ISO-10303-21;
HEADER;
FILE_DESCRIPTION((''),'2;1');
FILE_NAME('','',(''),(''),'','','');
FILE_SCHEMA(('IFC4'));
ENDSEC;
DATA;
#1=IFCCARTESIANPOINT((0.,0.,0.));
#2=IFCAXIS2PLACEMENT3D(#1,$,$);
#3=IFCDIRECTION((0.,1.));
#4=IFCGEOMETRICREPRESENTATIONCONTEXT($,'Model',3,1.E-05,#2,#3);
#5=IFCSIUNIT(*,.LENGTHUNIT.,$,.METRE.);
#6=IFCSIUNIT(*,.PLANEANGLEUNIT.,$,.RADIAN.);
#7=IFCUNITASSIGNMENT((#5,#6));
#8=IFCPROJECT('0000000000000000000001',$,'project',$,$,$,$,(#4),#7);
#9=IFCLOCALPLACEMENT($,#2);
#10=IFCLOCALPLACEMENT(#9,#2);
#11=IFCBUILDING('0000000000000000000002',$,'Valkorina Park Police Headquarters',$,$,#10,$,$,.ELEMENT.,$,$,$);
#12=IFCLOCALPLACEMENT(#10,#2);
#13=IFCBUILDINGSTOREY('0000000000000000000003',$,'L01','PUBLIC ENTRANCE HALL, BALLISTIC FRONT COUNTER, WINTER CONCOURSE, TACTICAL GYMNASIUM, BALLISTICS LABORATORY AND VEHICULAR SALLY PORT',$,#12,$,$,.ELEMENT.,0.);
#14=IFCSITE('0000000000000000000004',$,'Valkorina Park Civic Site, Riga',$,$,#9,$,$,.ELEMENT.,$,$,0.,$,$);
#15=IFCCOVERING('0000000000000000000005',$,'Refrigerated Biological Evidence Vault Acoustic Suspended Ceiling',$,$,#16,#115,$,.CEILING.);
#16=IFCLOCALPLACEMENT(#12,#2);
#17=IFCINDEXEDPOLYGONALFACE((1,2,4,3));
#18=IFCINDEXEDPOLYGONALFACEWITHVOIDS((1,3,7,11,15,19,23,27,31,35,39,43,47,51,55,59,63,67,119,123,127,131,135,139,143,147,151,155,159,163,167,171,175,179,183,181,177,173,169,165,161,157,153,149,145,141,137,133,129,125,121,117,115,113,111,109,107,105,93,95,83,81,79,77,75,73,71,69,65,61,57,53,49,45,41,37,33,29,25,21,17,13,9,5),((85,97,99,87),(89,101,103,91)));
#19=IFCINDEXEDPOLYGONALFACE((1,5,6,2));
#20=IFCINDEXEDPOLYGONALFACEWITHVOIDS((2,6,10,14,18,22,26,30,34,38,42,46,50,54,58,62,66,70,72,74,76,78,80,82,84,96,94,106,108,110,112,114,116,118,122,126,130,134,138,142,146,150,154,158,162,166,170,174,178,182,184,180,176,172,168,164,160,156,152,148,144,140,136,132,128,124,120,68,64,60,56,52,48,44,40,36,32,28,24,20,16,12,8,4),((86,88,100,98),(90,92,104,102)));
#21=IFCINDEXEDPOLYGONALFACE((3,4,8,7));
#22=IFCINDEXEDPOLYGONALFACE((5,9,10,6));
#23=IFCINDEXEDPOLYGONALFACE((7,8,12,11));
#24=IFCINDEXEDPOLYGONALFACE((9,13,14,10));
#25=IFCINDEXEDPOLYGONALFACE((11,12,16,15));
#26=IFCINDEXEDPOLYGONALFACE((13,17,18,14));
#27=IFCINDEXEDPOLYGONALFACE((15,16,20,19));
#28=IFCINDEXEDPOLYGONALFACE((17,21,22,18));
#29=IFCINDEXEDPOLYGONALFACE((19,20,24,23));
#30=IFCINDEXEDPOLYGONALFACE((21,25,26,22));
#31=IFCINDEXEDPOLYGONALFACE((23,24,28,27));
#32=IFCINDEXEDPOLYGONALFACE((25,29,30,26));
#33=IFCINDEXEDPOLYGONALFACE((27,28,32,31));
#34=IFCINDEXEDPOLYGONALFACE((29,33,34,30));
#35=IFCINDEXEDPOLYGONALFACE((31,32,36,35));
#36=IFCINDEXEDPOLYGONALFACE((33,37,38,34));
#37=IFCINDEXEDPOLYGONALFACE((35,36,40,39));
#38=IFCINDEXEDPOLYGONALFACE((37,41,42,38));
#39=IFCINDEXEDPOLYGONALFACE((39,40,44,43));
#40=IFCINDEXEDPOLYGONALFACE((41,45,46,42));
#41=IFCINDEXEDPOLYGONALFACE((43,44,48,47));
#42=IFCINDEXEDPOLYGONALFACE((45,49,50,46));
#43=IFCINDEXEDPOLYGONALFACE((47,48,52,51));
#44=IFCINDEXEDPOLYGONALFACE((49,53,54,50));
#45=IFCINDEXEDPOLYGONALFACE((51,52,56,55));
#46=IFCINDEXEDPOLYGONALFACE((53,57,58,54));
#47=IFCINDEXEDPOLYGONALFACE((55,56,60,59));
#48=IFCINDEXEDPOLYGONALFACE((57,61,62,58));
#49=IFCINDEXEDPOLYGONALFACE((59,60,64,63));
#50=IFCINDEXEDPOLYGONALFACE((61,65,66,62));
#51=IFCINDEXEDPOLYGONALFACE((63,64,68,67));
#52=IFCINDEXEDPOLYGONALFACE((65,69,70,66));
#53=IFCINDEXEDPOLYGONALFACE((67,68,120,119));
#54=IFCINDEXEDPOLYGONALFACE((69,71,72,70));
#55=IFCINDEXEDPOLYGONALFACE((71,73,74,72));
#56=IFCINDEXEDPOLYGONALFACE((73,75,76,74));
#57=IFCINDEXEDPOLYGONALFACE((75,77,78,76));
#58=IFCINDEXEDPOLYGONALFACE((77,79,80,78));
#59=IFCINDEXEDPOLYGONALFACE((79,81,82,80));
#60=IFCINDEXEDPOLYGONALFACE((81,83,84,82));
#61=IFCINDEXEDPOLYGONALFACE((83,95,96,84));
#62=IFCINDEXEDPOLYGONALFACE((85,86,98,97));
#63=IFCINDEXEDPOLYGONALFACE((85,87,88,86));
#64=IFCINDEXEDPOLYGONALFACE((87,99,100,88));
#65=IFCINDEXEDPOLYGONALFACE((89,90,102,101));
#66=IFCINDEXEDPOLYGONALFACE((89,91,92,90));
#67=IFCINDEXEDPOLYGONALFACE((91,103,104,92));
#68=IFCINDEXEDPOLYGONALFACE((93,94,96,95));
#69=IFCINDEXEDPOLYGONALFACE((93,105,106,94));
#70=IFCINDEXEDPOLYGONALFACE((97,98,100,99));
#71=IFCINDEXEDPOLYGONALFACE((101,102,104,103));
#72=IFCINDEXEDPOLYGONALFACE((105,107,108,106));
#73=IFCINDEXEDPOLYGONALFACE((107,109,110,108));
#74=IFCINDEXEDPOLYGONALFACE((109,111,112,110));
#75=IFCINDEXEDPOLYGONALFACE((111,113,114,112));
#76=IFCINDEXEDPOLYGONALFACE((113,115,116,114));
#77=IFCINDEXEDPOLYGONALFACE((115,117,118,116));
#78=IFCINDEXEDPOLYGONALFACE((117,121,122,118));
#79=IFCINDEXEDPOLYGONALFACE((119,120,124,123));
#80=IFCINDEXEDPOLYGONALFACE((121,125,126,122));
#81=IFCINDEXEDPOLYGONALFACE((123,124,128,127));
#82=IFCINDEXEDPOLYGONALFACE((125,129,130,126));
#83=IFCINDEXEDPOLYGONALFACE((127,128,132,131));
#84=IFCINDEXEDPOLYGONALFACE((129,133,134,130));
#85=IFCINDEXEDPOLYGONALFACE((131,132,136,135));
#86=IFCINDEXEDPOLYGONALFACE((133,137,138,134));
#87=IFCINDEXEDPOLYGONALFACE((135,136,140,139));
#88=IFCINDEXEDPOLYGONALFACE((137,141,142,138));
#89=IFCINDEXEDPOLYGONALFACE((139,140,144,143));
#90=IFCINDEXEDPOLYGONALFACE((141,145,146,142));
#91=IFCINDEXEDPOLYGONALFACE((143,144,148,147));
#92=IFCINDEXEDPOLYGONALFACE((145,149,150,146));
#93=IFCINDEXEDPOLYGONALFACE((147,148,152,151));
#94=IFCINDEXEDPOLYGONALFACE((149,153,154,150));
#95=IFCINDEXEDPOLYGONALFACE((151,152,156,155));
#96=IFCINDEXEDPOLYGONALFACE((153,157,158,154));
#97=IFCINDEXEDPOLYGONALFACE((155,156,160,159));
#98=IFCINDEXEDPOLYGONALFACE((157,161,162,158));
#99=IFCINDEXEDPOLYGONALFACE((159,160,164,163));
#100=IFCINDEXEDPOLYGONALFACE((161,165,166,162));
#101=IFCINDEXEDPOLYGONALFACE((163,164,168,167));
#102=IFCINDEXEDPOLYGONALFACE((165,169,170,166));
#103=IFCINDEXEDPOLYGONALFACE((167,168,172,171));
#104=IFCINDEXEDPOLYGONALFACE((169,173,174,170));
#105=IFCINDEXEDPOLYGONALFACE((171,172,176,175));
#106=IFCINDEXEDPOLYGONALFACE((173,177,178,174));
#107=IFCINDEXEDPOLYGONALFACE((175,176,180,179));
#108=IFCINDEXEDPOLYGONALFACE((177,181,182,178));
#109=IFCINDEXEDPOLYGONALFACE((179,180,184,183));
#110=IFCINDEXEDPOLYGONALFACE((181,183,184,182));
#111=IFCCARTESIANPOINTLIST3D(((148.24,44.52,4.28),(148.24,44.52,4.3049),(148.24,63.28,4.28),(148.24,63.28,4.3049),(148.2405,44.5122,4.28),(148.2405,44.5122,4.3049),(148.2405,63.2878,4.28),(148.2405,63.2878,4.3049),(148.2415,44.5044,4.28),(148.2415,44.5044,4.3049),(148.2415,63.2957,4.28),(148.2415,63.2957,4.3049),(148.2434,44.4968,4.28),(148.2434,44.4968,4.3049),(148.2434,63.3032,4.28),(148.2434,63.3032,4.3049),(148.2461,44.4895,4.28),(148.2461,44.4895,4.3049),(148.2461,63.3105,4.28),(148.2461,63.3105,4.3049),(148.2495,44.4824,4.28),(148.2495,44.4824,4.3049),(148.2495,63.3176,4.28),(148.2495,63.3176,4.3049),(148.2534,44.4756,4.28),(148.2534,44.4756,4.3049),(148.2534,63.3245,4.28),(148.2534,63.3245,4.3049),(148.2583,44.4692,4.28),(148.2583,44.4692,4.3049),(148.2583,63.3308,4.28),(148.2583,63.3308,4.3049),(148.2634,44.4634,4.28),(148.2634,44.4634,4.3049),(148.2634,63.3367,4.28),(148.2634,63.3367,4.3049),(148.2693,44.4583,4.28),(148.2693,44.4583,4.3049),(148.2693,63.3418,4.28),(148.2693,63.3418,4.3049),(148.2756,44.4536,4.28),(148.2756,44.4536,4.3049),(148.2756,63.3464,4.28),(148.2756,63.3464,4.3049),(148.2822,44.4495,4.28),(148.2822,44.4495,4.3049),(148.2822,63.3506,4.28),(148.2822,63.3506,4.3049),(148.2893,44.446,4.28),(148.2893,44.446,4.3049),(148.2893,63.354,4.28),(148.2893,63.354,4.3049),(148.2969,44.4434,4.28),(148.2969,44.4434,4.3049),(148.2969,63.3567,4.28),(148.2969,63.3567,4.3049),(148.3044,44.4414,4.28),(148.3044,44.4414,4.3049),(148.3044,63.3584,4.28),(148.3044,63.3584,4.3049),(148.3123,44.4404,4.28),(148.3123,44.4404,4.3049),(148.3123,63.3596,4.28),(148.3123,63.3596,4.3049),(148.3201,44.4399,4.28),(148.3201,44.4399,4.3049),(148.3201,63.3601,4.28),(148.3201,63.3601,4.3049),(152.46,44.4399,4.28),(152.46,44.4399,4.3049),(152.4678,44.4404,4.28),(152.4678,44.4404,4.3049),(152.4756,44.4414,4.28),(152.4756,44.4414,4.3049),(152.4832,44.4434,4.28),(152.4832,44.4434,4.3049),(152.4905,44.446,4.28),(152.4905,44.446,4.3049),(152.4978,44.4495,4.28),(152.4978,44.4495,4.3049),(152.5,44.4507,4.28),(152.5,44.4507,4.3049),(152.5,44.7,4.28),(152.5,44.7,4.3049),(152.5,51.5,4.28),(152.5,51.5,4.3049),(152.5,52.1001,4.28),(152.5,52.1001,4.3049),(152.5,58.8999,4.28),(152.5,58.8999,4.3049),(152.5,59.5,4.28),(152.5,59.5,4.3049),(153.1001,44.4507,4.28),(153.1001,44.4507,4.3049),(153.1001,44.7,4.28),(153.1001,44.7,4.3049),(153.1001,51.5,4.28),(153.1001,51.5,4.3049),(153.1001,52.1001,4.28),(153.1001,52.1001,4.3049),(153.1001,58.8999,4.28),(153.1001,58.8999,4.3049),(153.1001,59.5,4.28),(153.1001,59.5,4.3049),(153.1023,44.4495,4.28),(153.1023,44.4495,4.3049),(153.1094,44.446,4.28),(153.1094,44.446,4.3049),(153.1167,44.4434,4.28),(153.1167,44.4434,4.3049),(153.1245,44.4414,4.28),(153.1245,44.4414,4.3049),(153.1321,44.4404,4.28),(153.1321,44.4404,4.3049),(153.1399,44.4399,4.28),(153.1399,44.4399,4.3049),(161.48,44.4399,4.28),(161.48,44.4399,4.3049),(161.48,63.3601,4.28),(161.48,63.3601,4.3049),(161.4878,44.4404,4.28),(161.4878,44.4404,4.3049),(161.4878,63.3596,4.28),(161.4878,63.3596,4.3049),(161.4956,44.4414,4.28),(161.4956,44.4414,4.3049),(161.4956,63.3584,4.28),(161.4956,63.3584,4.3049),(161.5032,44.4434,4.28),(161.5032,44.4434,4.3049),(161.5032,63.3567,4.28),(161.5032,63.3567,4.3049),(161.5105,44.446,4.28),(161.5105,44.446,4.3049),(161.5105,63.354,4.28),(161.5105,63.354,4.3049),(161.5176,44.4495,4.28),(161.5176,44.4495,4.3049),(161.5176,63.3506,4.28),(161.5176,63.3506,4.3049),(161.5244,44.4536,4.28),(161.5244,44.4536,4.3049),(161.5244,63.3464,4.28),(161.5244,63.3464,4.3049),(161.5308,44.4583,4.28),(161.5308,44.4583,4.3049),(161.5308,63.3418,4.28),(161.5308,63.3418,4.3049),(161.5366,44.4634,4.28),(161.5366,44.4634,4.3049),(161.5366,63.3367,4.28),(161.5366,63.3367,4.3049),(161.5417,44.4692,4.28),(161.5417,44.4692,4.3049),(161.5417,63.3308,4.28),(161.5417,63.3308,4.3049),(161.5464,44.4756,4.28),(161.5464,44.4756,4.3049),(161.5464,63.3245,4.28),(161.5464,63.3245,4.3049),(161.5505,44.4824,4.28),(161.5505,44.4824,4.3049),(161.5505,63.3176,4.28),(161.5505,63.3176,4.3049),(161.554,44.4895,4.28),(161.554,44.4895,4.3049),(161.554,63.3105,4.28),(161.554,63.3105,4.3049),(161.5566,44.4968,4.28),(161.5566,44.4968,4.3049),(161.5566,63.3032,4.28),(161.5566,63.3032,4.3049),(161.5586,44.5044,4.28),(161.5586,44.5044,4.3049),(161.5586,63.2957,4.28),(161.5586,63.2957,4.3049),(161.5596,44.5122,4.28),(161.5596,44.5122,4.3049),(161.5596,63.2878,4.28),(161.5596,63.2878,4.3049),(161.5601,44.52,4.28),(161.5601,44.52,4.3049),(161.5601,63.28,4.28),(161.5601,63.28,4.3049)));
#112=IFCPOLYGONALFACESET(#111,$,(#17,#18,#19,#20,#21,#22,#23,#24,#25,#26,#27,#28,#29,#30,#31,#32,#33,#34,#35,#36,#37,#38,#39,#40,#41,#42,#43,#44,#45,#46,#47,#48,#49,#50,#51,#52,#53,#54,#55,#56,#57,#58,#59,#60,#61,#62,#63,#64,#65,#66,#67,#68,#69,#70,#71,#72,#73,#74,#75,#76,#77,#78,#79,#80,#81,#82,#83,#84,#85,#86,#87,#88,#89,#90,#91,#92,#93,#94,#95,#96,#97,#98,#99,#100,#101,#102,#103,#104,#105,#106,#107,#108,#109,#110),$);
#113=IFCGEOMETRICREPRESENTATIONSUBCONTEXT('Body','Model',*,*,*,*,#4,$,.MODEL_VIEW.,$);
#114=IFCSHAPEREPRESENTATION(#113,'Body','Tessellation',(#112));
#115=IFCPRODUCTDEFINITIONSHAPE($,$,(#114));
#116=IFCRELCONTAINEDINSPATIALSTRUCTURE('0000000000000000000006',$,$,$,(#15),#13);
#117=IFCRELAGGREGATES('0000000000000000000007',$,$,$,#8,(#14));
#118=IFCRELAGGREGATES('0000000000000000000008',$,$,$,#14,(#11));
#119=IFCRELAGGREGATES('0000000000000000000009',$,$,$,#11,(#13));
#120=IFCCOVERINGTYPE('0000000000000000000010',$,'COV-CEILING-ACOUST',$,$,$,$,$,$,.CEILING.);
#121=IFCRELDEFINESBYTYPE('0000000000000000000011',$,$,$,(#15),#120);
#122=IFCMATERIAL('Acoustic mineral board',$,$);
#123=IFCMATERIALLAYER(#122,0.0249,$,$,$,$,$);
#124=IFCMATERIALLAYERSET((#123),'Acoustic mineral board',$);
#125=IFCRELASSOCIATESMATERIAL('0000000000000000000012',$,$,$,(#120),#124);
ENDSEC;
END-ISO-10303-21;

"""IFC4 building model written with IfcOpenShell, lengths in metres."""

from ifc_helpers import new_model, si_unit, direction, frame, origin, place, context, subcontext, project, spatial, polyline, outline, extrude, material, layer, layer_set, type_object, element, save


model = new_model("IFC4")

# Units and contexts
model_context = context("Model", 3, precision=1e-05, world=origin(), true_north=direction((0.0, 1.0)))
body_context = subcontext(model_context, "Body", "Model", "MODEL_VIEW")
ifc_project = project(units=[si_unit("LENGTHUNIT", "METRE"), si_unit("PLANEANGLEUNIT", "RADIAN")], contexts=[model_context])

# Site, building, storey
site_placement = place(None, origin())
site = spatial("IfcSite", under=ifc_project, at=site_placement, Name="Valkorina Park Civic Site, Riga", CompositionType="ELEMENT", RefElevation=0.0)
building_placement = place(site_placement, origin())
building = spatial("IfcBuilding", under=site, at=building_placement, Name="Valkorina Park Police Headquarters", CompositionType="ELEMENT")
storey_placement = place(building_placement, origin())
storey = spatial("IfcBuildingStorey", under=building, at=storey_placement, Name="L01", Description="PUBLIC ENTRANCE HALL, BALLISTIC FRONT COUNTER, WINTER CONCOURSE, TACTICAL GYMNASIUM, BALLISTICS LABORATORY AND VEHICULAR SALLY PORT", CompositionType="ELEMENT", Elevation=0.0)

# Covering
ifc_material_1 = material(Name="Acoustic mineral board")
ifc_layer_1 = layer(ifc_material_1, 0.0249)
ifc_layer_set_1 = layer_set([ifc_layer_1], Name="Acoustic mineral board")
covering_type_1 = type_object("IfcCoveringType", Name="COV-CEILING-ACOUST", PredefinedType="CEILING", material=ifc_layer_set_1)
covering_1_placement = place(storey_placement, frame((0.0, 0.0, 4.28)))
element("IfcCovering", 1, at=covering_1_placement, inside=storey, type_object=covering_type_1, Name="Refrigerated Biological Evidence Vault Acoustic Suspended Ceiling", PredefinedType="CEILING", context=body_context, shape_type="SweptSolid", body=[
    extrude(outline(polyline([(161.5586, 44.5044), (161.5596, 44.5122), (161.5601, 44.52), (161.5601, 63.28), (161.5596, 63.2878), (161.5586, 63.2957), (161.5566, 63.3032), (161.554, 63.3105), (161.5505, 63.3176), (161.5464, 63.3245), (161.5417, 63.3308), (161.5366, 63.3367), (161.5308, 63.3418), (161.5244, 63.3464), (161.5176, 63.3506), (161.5105, 63.354), (161.5032, 63.3567), (161.4956, 63.3584), (161.4878, 63.3596), (161.48, 63.3601), (148.3201, 63.3601), (148.3123, 63.3596), (148.3044, 63.3584), (148.2969, 63.3567), (148.2893, 63.354), (148.2822, 63.3506), (148.2756, 63.3464), (148.2693, 63.3418), (148.2634, 63.3367), (148.2583, 63.3308), (148.2534, 63.3245), (148.2495, 63.3176), (148.2461, 63.3105), (148.2434, 63.3032), (148.2415, 63.2957), (148.2405, 63.2878), (148.24, 63.28), (148.24, 44.52), (148.2405, 44.5122), (148.2415, 44.5044), (148.2434, 44.4968), (148.2461, 44.4895), (148.2495, 44.4824), (148.2534, 44.4756), (148.2583, 44.4692), (148.2634, 44.4634), (148.2693, 44.4583), (148.2756, 44.4536), (148.2822, 44.4495), (148.2893, 44.446), (148.2969, 44.4434), (148.3044, 44.4414), (148.3123, 44.4404), (148.3201, 44.4399), (152.46, 44.4399), (152.4678, 44.4404), (152.4756, 44.4414), (152.4832, 44.4434), (152.4905, 44.446), (152.4978, 44.4495), (152.5, 44.4507), (152.5, 44.7), (153.1001, 44.7), (153.1001, 44.4507), (153.1023, 44.4495), (153.1094, 44.446), (153.1167, 44.4434), (153.1245, 44.4414), (153.1321, 44.4404), (153.1399, 44.4399), (161.48, 44.4399), (161.4878, 44.4404), (161.4956, 44.4414), (161.5032, 44.4434), (161.5105, 44.446), (161.5176, 44.4495), (161.5244, 44.4536), (161.5308, 44.4583), (161.5366, 44.4634), (161.5417, 44.4692), (161.5464, 44.4756), (161.5505, 44.4824), (161.554, 44.4895), (161.5566, 44.4968), (161.5586, 44.5044)]), holes=[polyline([(153.1001, 51.5), (152.5, 51.5), (152.5, 52.1001), (153.1001, 52.1001), (153.1001, 51.5)]), polyline([(153.1001, 58.8999), (152.5, 58.8999), (152.5, 59.5), (153.1001, 59.5), (153.1001, 58.8999)])]), origin(), (0.0, 0.0, 1.0), 0.0249),
])

save(model, "model.ifc")
